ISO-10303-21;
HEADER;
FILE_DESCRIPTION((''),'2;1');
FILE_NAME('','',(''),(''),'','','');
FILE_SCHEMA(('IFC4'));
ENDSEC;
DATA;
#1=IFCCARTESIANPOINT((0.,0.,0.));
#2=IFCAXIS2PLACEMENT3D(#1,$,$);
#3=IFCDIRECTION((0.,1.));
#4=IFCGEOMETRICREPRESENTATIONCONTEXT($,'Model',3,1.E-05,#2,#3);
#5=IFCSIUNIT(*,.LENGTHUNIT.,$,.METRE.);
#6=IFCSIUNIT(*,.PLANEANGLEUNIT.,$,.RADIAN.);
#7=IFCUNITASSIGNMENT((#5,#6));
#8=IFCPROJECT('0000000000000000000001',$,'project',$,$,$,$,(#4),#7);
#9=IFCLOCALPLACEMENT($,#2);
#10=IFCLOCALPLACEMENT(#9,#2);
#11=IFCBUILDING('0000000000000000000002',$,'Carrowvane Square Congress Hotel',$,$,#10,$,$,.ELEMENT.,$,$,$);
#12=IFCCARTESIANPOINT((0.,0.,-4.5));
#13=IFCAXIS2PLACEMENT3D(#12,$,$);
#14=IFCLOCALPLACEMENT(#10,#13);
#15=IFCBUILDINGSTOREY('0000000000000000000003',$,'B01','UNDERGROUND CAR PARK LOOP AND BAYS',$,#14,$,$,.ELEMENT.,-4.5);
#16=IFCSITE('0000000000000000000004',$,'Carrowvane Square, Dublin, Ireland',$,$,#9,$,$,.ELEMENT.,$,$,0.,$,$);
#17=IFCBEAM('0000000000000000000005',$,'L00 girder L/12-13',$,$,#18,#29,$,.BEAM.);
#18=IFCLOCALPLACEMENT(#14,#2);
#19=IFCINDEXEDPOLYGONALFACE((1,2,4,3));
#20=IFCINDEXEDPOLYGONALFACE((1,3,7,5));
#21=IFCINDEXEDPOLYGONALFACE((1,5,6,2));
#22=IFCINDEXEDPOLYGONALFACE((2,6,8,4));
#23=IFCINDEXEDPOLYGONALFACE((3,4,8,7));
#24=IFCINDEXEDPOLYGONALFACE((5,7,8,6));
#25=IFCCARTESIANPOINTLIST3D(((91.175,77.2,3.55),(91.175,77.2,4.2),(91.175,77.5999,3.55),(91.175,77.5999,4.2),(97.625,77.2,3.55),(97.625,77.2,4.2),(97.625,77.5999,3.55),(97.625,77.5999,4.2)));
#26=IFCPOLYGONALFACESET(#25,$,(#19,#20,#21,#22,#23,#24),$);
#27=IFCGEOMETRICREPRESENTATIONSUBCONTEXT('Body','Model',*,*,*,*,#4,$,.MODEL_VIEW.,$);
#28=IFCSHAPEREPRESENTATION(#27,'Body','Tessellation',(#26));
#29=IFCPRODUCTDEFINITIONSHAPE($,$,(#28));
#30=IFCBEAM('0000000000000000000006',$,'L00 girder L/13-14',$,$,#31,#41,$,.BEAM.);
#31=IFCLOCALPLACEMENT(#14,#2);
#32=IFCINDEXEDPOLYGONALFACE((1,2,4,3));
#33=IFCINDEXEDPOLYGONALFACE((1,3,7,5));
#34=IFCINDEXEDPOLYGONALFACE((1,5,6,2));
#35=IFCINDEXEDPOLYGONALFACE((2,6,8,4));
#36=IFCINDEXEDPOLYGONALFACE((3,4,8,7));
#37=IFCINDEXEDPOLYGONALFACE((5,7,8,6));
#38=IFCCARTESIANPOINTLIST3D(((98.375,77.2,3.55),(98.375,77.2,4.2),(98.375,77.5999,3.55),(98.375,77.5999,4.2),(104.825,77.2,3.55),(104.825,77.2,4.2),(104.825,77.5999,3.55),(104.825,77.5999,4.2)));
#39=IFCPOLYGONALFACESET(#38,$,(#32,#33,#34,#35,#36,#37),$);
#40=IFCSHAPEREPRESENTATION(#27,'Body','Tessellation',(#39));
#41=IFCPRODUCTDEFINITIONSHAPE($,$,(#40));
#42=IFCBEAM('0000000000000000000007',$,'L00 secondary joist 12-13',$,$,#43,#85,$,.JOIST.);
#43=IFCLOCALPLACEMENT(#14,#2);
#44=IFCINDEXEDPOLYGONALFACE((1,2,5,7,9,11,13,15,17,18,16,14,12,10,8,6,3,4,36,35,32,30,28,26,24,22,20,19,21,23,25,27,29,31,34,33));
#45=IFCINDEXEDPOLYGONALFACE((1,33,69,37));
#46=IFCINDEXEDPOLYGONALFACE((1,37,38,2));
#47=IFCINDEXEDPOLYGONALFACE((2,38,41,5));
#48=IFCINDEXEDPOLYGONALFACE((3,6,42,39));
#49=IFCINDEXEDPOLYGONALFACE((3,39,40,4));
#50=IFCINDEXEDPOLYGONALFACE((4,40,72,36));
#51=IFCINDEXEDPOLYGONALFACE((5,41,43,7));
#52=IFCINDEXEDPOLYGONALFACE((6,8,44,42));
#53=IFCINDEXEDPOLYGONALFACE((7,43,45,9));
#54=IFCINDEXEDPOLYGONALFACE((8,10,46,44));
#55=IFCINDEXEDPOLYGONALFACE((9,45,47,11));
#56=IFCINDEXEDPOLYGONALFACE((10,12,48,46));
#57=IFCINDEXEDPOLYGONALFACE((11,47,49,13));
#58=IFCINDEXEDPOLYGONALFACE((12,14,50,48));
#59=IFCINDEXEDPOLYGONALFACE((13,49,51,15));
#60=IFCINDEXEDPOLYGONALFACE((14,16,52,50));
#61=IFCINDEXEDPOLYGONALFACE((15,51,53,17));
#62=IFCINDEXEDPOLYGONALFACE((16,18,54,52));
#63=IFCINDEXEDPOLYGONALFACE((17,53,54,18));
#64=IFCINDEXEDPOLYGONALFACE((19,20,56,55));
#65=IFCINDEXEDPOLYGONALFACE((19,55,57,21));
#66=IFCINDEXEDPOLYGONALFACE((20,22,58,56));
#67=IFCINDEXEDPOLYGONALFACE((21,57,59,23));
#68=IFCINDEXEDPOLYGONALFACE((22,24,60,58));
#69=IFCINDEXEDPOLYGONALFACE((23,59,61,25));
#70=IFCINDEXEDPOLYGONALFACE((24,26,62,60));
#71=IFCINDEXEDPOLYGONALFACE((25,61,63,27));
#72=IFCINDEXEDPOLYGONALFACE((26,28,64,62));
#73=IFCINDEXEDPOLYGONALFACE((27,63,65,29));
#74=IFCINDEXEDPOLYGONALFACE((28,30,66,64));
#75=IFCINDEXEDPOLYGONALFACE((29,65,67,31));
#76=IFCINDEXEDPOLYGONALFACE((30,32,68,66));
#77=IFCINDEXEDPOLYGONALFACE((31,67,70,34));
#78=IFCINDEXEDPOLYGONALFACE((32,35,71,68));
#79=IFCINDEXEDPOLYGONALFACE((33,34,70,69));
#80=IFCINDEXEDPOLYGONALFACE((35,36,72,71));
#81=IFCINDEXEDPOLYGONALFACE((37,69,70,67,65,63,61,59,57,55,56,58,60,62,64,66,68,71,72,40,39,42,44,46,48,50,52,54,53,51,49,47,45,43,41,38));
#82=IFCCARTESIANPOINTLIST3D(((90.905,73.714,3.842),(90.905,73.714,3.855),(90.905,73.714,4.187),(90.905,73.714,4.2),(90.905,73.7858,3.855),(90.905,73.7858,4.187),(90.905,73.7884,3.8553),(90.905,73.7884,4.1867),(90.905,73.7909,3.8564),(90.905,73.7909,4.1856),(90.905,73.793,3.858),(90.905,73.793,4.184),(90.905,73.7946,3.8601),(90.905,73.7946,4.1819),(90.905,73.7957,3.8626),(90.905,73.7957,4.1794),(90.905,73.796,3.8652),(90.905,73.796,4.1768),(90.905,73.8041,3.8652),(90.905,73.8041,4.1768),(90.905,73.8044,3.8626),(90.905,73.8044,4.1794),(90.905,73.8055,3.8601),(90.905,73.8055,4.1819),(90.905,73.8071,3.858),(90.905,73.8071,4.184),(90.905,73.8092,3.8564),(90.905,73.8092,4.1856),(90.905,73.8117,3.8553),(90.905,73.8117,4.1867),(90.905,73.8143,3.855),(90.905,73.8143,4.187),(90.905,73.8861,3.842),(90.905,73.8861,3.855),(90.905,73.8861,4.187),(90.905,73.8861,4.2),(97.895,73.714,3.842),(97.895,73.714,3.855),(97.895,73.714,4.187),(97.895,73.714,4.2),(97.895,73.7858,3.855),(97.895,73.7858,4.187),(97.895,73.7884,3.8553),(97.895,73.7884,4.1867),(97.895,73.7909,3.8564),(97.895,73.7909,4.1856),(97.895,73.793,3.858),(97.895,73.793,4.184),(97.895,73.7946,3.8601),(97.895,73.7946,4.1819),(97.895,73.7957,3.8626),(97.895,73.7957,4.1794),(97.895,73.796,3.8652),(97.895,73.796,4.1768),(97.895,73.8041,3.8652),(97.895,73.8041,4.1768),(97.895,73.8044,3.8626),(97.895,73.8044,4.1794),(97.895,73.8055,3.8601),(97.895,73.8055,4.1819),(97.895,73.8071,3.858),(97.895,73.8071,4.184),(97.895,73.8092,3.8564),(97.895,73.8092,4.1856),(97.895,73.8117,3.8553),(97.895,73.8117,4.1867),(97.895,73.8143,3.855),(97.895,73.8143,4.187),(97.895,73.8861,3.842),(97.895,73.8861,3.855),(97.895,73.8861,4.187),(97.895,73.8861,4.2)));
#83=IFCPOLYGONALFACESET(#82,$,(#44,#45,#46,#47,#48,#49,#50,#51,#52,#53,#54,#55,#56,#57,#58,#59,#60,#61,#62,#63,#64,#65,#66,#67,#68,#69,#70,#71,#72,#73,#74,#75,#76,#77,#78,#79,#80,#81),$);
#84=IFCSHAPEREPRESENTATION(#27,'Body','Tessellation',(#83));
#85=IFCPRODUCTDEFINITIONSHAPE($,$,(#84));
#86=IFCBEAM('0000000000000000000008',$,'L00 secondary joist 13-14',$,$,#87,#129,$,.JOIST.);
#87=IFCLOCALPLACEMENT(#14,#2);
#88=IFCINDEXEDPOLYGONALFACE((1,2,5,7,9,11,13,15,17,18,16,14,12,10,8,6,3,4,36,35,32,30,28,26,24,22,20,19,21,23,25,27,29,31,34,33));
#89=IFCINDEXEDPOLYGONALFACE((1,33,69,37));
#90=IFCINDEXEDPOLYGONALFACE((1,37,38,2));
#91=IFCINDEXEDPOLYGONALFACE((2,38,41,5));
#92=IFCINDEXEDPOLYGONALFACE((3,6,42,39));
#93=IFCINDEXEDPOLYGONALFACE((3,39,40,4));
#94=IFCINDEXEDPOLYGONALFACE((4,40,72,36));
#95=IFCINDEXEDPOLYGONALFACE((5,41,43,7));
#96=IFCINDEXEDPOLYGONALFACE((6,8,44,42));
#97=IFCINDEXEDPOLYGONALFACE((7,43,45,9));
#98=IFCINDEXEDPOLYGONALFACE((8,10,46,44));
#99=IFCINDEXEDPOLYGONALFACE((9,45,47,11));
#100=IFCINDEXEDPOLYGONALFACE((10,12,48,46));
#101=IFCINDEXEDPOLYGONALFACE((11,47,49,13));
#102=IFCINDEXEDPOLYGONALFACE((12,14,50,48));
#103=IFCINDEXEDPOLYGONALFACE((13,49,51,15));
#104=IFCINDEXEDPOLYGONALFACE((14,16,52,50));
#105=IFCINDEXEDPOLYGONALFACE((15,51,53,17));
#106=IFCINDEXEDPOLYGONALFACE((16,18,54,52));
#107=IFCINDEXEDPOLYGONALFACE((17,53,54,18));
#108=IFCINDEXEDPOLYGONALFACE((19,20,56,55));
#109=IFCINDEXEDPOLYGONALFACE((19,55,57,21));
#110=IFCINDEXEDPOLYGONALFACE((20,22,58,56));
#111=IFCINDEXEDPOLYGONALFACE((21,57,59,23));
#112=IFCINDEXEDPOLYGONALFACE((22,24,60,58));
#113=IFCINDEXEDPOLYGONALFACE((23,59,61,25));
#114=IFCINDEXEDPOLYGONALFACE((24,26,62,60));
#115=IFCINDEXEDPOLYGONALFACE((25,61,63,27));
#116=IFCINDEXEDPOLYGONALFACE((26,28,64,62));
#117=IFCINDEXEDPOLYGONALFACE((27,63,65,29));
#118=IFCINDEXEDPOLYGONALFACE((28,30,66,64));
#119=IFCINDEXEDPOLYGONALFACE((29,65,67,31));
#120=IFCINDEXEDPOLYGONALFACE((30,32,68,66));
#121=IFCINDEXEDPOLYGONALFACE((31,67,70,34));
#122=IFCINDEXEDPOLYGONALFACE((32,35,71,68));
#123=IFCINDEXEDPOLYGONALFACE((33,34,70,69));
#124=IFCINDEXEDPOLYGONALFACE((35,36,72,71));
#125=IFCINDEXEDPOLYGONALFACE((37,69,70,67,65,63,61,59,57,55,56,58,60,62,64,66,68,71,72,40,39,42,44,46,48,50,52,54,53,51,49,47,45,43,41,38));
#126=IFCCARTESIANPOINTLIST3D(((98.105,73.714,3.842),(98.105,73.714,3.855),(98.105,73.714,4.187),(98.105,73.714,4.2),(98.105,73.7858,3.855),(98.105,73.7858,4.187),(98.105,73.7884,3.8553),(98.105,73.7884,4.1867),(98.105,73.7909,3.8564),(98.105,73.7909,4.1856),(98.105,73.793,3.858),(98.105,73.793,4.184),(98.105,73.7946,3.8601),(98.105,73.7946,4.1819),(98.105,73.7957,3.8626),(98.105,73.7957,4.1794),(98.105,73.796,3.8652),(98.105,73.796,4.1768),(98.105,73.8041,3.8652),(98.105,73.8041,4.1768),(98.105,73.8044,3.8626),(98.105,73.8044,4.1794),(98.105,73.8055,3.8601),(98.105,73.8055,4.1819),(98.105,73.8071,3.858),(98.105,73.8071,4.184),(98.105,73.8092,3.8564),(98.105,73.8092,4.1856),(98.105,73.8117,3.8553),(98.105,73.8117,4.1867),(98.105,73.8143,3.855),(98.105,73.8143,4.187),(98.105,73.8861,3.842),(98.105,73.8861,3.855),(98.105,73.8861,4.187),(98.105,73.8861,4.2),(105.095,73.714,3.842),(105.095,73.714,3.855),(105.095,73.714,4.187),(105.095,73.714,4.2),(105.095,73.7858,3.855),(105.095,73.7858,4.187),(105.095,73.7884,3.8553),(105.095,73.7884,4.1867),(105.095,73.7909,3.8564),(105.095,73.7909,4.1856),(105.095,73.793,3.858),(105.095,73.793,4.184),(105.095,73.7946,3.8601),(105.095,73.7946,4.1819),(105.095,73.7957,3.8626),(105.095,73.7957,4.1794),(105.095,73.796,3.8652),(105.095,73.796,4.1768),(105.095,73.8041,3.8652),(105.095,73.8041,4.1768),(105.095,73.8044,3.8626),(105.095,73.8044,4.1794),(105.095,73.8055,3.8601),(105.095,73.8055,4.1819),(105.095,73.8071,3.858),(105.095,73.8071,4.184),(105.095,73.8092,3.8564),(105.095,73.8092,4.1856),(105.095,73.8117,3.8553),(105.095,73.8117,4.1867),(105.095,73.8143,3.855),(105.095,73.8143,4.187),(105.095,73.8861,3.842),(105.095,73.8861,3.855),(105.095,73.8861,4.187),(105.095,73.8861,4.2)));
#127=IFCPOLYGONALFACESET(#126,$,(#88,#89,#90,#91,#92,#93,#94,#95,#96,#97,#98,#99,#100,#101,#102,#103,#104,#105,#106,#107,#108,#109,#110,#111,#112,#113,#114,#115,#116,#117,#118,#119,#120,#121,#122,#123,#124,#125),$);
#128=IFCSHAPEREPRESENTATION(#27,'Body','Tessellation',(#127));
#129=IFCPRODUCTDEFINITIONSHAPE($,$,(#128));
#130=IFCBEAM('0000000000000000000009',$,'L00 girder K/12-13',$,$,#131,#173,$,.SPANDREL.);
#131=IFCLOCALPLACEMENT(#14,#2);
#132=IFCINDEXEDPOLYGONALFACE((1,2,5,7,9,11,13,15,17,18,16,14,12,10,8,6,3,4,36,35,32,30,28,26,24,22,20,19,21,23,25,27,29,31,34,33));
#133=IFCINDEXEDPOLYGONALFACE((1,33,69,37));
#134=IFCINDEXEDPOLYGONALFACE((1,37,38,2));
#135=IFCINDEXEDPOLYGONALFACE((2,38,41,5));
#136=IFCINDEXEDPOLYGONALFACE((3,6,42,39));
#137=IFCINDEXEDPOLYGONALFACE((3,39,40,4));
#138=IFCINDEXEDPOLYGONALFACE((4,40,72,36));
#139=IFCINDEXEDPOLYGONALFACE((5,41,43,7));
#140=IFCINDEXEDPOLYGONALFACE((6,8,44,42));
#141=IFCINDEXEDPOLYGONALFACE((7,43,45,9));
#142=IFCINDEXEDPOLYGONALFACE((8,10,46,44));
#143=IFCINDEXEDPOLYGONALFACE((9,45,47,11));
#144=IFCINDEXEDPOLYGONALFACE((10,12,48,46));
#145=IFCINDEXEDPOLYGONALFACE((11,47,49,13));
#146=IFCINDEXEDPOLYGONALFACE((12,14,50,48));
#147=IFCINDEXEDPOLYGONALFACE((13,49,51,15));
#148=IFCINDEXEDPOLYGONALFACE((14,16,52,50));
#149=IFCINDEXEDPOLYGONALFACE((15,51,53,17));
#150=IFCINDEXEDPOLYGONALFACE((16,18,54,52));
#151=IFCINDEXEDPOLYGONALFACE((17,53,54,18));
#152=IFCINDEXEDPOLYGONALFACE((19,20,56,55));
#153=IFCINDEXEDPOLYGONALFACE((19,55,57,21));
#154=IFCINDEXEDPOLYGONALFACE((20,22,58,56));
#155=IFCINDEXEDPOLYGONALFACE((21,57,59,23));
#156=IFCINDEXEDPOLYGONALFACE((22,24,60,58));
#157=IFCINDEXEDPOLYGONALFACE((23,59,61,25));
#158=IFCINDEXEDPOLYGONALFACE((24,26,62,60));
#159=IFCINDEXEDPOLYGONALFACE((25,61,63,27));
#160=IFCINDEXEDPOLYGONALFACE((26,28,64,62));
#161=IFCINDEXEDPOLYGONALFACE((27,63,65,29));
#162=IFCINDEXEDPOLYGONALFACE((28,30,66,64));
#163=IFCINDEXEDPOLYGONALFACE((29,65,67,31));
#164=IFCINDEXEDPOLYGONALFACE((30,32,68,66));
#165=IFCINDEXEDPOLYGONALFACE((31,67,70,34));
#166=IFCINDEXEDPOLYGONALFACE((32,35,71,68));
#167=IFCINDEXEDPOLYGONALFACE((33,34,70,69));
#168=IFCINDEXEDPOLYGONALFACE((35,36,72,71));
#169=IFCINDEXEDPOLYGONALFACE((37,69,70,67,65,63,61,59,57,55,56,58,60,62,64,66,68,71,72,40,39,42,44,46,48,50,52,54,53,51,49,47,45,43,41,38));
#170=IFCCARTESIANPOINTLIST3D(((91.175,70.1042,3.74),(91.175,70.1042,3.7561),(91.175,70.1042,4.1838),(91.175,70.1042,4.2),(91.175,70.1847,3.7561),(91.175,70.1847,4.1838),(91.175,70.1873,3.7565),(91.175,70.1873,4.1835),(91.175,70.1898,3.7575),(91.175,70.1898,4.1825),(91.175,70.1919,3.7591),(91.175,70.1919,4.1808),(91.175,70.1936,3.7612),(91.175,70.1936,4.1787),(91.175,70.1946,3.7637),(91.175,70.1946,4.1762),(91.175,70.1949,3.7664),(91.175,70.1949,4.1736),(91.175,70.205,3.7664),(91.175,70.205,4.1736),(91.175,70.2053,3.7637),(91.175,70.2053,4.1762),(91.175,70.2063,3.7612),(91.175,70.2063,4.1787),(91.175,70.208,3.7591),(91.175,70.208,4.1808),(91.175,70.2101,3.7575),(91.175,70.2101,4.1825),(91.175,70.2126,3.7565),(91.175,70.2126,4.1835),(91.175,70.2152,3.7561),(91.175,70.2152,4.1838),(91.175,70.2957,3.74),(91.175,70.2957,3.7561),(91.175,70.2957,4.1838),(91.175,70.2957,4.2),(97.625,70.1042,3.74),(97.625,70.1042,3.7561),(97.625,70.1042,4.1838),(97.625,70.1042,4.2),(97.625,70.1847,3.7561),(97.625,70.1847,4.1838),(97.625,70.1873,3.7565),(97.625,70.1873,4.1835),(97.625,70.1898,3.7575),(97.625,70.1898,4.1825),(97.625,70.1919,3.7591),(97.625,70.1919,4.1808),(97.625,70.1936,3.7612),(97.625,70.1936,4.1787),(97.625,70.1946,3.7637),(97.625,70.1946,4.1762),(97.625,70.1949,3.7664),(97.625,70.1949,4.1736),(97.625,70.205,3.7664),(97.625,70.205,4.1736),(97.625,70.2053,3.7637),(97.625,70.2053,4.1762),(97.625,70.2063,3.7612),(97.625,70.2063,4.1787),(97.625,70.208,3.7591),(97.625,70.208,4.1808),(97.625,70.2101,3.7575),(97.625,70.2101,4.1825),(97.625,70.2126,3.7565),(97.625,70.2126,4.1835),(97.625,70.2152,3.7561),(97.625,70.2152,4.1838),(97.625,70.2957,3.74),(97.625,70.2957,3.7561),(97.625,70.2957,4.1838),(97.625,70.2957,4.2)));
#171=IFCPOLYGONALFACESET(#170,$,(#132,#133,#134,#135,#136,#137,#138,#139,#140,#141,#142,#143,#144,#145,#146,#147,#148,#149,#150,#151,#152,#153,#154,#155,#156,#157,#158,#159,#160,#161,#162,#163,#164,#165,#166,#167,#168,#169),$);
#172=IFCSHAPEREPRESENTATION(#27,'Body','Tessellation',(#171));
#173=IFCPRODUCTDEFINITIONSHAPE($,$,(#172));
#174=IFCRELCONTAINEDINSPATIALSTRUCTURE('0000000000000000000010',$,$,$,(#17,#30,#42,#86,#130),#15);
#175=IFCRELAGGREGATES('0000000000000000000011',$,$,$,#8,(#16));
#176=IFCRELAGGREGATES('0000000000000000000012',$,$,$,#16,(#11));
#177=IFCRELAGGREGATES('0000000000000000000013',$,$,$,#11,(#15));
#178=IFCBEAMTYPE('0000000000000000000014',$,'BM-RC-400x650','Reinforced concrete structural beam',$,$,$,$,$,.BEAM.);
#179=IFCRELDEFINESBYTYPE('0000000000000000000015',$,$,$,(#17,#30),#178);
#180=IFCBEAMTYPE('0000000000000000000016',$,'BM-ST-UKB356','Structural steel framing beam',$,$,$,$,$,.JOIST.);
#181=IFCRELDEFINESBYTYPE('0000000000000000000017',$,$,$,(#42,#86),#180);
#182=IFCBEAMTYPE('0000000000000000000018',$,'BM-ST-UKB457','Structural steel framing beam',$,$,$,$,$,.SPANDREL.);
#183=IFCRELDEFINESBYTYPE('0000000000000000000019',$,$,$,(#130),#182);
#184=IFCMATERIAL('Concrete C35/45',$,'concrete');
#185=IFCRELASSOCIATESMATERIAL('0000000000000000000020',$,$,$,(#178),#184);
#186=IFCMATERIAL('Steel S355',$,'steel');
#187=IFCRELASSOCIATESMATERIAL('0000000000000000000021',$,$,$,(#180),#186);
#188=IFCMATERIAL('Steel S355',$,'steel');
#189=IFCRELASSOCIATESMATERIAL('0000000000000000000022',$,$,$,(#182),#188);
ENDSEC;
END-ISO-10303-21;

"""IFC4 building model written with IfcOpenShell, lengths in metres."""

from ifc_helpers import new_model, si_unit, direction, frame, origin, origin_2d, place, context, subcontext, project, spatial, rectangle, i_section, extrude, material, material_profile, profile_set, type_object, element, save


model = new_model("IFC4")

# Units and contexts
model_context = context("Model", 3, precision=1e-05, world=origin(), true_north=direction((0.0, 1.0)))
body_context = subcontext(model_context, "Body", "Model", "MODEL_VIEW")
ifc_project = project(units=[si_unit("LENGTHUNIT", "METRE"), si_unit("PLANEANGLEUNIT", "RADIAN")], contexts=[model_context])

# Site, building, storey
site_placement = place(None, origin())
site = spatial("IfcSite", under=ifc_project, at=site_placement, Name="Carrowvane Square, Dublin, Ireland", CompositionType="ELEMENT", RefElevation=0.0)
building_placement = place(site_placement, origin())
building = spatial("IfcBuilding", under=site, at=building_placement, Name="Carrowvane Square Congress Hotel", CompositionType="ELEMENT")
storey_placement = place(building_placement, frame((0.0, 0.0, -4.5)))
storey = spatial("IfcBuildingStorey", under=building, at=storey_placement, Name="B01", Description="UNDERGROUND CAR PARK LOOP AND BAYS", CompositionType="ELEMENT", Elevation=-4.5)

# Beams
ifc_material_1 = material(Name="Concrete C35/45", Category="concrete")
ifc_material_profile_1 = material_profile(ifc_material_1, rectangle(XDim=0.3999, YDim=0.6499, at=origin_2d()), Name="RC 400x650")
ifc_profile_set_1 = profile_set([ifc_material_profile_1], Name="Concrete C35/45")
beam_type_1 = type_object("IfcBeamType", Name="BM-RC-400x650", Description="Reinforced concrete structural beam", PredefinedType="BEAM", material=ifc_profile_set_1)
for number, where, z_axis, x_axis, name in (
    (1, (91.175, 77.3999, 3.875), (1.0, 0.0, 0.0), (0.0, 1.0, 0.0), "L00 girder L/12-13"),
    (2, (98.375, 77.3999, 3.875), (1.0, 0.0, 0.0), (0.0, 1.0, 0.0), "L00 girder L/13-14"),
):
    element("IfcBeam", number, at=place(storey_placement, frame(where, z_axis=z_axis, x_axis=x_axis)), inside=storey, type_object=beam_type_1, Name=name, PredefinedType="BEAM", context=body_context, shape_type="SweptSolid", body=[
        extrude(rectangle(XDim=0.3999, YDim=0.6499, at=origin_2d()), origin(), (0.0, 0.0, 1.0), 6.45),
    ])
ifc_material_2 = material(Name="Steel S355", Category="steel")
ifc_material_profile_2 = material_profile(ifc_material_2, i_section(OverallWidth=0.1721, OverallDepth=0.3579, WebThickness=0.0081, FlangeThickness=0.0129, FilletRadius=0.0103, at=origin_2d()), Name="UKB 356x171x57")
ifc_profile_set_2 = profile_set([ifc_material_profile_2], Name="Steel S355")
beam_type_2 = type_object("IfcBeamType", Name="BM-ST-UKB356", Description="Structural steel framing beam", PredefinedType="JOIST", material=ifc_profile_set_2)
for number, where, z_axis, x_axis, name in (
    (3, (90.905, 73.8, 4.021), (1.0, 0.0, 0.0), (0.0, 1.0, 0.0), "L00 secondary joist 12-13"),
    (4, (98.105, 73.8, 4.021), (1.0, 0.0, 0.0), (0.0, 1.0, 0.0), "L00 secondary joist 13-14"),
):
    element("IfcBeam", number, at=place(storey_placement, frame(where, z_axis=z_axis, x_axis=x_axis)), inside=storey, type_object=beam_type_2, Name=name, PredefinedType="JOIST", context=body_context, shape_type="SweptSolid", body=[
        extrude(i_section(OverallWidth=0.1721, OverallDepth=0.3579, WebThickness=0.0081, FlangeThickness=0.0129, FilletRadius=0.0103, at=origin_2d()), origin(), (0.0, 0.0, 1.0), 6.99),
    ])
ifc_material_3 = material(Name="Steel S355", Category="steel")
ifc_material_profile_3 = material_profile(ifc_material_3, i_section(OverallWidth=0.1914, OverallDepth=0.46, WebThickness=0.01, FlangeThickness=0.0161, FilletRadius=0.0103, at=origin_2d()), Name="UKB 457x191x82")
ifc_profile_set_3 = profile_set([ifc_material_profile_3], Name="Steel S355")
beam_type_3 = type_object("IfcBeamType", Name="BM-ST-UKB457", Description="Structural steel framing beam", PredefinedType="SPANDREL", material=ifc_profile_set_3)
for number, where, z_axis, x_axis, name in (
    (5, (91.175, 70.2, 3.97), (1.0, 0.0, 0.0), (0.0, 1.0, 0.0), "L00 girder K/12-13"),
):
    element("IfcBeam", number, at=place(storey_placement, frame(where, z_axis=z_axis, x_axis=x_axis)), inside=storey, type_object=beam_type_3, Name=name, PredefinedType="SPANDREL", context=body_context, shape_type="SweptSolid", body=[
        extrude(i_section(OverallWidth=0.1914, OverallDepth=0.46, WebThickness=0.01, FlangeThickness=0.0161, FilletRadius=0.0103, at=origin_2d()), origin(), (0.0, 0.0, 1.0), 6.45),
    ])

save(model, "model.ifc")
